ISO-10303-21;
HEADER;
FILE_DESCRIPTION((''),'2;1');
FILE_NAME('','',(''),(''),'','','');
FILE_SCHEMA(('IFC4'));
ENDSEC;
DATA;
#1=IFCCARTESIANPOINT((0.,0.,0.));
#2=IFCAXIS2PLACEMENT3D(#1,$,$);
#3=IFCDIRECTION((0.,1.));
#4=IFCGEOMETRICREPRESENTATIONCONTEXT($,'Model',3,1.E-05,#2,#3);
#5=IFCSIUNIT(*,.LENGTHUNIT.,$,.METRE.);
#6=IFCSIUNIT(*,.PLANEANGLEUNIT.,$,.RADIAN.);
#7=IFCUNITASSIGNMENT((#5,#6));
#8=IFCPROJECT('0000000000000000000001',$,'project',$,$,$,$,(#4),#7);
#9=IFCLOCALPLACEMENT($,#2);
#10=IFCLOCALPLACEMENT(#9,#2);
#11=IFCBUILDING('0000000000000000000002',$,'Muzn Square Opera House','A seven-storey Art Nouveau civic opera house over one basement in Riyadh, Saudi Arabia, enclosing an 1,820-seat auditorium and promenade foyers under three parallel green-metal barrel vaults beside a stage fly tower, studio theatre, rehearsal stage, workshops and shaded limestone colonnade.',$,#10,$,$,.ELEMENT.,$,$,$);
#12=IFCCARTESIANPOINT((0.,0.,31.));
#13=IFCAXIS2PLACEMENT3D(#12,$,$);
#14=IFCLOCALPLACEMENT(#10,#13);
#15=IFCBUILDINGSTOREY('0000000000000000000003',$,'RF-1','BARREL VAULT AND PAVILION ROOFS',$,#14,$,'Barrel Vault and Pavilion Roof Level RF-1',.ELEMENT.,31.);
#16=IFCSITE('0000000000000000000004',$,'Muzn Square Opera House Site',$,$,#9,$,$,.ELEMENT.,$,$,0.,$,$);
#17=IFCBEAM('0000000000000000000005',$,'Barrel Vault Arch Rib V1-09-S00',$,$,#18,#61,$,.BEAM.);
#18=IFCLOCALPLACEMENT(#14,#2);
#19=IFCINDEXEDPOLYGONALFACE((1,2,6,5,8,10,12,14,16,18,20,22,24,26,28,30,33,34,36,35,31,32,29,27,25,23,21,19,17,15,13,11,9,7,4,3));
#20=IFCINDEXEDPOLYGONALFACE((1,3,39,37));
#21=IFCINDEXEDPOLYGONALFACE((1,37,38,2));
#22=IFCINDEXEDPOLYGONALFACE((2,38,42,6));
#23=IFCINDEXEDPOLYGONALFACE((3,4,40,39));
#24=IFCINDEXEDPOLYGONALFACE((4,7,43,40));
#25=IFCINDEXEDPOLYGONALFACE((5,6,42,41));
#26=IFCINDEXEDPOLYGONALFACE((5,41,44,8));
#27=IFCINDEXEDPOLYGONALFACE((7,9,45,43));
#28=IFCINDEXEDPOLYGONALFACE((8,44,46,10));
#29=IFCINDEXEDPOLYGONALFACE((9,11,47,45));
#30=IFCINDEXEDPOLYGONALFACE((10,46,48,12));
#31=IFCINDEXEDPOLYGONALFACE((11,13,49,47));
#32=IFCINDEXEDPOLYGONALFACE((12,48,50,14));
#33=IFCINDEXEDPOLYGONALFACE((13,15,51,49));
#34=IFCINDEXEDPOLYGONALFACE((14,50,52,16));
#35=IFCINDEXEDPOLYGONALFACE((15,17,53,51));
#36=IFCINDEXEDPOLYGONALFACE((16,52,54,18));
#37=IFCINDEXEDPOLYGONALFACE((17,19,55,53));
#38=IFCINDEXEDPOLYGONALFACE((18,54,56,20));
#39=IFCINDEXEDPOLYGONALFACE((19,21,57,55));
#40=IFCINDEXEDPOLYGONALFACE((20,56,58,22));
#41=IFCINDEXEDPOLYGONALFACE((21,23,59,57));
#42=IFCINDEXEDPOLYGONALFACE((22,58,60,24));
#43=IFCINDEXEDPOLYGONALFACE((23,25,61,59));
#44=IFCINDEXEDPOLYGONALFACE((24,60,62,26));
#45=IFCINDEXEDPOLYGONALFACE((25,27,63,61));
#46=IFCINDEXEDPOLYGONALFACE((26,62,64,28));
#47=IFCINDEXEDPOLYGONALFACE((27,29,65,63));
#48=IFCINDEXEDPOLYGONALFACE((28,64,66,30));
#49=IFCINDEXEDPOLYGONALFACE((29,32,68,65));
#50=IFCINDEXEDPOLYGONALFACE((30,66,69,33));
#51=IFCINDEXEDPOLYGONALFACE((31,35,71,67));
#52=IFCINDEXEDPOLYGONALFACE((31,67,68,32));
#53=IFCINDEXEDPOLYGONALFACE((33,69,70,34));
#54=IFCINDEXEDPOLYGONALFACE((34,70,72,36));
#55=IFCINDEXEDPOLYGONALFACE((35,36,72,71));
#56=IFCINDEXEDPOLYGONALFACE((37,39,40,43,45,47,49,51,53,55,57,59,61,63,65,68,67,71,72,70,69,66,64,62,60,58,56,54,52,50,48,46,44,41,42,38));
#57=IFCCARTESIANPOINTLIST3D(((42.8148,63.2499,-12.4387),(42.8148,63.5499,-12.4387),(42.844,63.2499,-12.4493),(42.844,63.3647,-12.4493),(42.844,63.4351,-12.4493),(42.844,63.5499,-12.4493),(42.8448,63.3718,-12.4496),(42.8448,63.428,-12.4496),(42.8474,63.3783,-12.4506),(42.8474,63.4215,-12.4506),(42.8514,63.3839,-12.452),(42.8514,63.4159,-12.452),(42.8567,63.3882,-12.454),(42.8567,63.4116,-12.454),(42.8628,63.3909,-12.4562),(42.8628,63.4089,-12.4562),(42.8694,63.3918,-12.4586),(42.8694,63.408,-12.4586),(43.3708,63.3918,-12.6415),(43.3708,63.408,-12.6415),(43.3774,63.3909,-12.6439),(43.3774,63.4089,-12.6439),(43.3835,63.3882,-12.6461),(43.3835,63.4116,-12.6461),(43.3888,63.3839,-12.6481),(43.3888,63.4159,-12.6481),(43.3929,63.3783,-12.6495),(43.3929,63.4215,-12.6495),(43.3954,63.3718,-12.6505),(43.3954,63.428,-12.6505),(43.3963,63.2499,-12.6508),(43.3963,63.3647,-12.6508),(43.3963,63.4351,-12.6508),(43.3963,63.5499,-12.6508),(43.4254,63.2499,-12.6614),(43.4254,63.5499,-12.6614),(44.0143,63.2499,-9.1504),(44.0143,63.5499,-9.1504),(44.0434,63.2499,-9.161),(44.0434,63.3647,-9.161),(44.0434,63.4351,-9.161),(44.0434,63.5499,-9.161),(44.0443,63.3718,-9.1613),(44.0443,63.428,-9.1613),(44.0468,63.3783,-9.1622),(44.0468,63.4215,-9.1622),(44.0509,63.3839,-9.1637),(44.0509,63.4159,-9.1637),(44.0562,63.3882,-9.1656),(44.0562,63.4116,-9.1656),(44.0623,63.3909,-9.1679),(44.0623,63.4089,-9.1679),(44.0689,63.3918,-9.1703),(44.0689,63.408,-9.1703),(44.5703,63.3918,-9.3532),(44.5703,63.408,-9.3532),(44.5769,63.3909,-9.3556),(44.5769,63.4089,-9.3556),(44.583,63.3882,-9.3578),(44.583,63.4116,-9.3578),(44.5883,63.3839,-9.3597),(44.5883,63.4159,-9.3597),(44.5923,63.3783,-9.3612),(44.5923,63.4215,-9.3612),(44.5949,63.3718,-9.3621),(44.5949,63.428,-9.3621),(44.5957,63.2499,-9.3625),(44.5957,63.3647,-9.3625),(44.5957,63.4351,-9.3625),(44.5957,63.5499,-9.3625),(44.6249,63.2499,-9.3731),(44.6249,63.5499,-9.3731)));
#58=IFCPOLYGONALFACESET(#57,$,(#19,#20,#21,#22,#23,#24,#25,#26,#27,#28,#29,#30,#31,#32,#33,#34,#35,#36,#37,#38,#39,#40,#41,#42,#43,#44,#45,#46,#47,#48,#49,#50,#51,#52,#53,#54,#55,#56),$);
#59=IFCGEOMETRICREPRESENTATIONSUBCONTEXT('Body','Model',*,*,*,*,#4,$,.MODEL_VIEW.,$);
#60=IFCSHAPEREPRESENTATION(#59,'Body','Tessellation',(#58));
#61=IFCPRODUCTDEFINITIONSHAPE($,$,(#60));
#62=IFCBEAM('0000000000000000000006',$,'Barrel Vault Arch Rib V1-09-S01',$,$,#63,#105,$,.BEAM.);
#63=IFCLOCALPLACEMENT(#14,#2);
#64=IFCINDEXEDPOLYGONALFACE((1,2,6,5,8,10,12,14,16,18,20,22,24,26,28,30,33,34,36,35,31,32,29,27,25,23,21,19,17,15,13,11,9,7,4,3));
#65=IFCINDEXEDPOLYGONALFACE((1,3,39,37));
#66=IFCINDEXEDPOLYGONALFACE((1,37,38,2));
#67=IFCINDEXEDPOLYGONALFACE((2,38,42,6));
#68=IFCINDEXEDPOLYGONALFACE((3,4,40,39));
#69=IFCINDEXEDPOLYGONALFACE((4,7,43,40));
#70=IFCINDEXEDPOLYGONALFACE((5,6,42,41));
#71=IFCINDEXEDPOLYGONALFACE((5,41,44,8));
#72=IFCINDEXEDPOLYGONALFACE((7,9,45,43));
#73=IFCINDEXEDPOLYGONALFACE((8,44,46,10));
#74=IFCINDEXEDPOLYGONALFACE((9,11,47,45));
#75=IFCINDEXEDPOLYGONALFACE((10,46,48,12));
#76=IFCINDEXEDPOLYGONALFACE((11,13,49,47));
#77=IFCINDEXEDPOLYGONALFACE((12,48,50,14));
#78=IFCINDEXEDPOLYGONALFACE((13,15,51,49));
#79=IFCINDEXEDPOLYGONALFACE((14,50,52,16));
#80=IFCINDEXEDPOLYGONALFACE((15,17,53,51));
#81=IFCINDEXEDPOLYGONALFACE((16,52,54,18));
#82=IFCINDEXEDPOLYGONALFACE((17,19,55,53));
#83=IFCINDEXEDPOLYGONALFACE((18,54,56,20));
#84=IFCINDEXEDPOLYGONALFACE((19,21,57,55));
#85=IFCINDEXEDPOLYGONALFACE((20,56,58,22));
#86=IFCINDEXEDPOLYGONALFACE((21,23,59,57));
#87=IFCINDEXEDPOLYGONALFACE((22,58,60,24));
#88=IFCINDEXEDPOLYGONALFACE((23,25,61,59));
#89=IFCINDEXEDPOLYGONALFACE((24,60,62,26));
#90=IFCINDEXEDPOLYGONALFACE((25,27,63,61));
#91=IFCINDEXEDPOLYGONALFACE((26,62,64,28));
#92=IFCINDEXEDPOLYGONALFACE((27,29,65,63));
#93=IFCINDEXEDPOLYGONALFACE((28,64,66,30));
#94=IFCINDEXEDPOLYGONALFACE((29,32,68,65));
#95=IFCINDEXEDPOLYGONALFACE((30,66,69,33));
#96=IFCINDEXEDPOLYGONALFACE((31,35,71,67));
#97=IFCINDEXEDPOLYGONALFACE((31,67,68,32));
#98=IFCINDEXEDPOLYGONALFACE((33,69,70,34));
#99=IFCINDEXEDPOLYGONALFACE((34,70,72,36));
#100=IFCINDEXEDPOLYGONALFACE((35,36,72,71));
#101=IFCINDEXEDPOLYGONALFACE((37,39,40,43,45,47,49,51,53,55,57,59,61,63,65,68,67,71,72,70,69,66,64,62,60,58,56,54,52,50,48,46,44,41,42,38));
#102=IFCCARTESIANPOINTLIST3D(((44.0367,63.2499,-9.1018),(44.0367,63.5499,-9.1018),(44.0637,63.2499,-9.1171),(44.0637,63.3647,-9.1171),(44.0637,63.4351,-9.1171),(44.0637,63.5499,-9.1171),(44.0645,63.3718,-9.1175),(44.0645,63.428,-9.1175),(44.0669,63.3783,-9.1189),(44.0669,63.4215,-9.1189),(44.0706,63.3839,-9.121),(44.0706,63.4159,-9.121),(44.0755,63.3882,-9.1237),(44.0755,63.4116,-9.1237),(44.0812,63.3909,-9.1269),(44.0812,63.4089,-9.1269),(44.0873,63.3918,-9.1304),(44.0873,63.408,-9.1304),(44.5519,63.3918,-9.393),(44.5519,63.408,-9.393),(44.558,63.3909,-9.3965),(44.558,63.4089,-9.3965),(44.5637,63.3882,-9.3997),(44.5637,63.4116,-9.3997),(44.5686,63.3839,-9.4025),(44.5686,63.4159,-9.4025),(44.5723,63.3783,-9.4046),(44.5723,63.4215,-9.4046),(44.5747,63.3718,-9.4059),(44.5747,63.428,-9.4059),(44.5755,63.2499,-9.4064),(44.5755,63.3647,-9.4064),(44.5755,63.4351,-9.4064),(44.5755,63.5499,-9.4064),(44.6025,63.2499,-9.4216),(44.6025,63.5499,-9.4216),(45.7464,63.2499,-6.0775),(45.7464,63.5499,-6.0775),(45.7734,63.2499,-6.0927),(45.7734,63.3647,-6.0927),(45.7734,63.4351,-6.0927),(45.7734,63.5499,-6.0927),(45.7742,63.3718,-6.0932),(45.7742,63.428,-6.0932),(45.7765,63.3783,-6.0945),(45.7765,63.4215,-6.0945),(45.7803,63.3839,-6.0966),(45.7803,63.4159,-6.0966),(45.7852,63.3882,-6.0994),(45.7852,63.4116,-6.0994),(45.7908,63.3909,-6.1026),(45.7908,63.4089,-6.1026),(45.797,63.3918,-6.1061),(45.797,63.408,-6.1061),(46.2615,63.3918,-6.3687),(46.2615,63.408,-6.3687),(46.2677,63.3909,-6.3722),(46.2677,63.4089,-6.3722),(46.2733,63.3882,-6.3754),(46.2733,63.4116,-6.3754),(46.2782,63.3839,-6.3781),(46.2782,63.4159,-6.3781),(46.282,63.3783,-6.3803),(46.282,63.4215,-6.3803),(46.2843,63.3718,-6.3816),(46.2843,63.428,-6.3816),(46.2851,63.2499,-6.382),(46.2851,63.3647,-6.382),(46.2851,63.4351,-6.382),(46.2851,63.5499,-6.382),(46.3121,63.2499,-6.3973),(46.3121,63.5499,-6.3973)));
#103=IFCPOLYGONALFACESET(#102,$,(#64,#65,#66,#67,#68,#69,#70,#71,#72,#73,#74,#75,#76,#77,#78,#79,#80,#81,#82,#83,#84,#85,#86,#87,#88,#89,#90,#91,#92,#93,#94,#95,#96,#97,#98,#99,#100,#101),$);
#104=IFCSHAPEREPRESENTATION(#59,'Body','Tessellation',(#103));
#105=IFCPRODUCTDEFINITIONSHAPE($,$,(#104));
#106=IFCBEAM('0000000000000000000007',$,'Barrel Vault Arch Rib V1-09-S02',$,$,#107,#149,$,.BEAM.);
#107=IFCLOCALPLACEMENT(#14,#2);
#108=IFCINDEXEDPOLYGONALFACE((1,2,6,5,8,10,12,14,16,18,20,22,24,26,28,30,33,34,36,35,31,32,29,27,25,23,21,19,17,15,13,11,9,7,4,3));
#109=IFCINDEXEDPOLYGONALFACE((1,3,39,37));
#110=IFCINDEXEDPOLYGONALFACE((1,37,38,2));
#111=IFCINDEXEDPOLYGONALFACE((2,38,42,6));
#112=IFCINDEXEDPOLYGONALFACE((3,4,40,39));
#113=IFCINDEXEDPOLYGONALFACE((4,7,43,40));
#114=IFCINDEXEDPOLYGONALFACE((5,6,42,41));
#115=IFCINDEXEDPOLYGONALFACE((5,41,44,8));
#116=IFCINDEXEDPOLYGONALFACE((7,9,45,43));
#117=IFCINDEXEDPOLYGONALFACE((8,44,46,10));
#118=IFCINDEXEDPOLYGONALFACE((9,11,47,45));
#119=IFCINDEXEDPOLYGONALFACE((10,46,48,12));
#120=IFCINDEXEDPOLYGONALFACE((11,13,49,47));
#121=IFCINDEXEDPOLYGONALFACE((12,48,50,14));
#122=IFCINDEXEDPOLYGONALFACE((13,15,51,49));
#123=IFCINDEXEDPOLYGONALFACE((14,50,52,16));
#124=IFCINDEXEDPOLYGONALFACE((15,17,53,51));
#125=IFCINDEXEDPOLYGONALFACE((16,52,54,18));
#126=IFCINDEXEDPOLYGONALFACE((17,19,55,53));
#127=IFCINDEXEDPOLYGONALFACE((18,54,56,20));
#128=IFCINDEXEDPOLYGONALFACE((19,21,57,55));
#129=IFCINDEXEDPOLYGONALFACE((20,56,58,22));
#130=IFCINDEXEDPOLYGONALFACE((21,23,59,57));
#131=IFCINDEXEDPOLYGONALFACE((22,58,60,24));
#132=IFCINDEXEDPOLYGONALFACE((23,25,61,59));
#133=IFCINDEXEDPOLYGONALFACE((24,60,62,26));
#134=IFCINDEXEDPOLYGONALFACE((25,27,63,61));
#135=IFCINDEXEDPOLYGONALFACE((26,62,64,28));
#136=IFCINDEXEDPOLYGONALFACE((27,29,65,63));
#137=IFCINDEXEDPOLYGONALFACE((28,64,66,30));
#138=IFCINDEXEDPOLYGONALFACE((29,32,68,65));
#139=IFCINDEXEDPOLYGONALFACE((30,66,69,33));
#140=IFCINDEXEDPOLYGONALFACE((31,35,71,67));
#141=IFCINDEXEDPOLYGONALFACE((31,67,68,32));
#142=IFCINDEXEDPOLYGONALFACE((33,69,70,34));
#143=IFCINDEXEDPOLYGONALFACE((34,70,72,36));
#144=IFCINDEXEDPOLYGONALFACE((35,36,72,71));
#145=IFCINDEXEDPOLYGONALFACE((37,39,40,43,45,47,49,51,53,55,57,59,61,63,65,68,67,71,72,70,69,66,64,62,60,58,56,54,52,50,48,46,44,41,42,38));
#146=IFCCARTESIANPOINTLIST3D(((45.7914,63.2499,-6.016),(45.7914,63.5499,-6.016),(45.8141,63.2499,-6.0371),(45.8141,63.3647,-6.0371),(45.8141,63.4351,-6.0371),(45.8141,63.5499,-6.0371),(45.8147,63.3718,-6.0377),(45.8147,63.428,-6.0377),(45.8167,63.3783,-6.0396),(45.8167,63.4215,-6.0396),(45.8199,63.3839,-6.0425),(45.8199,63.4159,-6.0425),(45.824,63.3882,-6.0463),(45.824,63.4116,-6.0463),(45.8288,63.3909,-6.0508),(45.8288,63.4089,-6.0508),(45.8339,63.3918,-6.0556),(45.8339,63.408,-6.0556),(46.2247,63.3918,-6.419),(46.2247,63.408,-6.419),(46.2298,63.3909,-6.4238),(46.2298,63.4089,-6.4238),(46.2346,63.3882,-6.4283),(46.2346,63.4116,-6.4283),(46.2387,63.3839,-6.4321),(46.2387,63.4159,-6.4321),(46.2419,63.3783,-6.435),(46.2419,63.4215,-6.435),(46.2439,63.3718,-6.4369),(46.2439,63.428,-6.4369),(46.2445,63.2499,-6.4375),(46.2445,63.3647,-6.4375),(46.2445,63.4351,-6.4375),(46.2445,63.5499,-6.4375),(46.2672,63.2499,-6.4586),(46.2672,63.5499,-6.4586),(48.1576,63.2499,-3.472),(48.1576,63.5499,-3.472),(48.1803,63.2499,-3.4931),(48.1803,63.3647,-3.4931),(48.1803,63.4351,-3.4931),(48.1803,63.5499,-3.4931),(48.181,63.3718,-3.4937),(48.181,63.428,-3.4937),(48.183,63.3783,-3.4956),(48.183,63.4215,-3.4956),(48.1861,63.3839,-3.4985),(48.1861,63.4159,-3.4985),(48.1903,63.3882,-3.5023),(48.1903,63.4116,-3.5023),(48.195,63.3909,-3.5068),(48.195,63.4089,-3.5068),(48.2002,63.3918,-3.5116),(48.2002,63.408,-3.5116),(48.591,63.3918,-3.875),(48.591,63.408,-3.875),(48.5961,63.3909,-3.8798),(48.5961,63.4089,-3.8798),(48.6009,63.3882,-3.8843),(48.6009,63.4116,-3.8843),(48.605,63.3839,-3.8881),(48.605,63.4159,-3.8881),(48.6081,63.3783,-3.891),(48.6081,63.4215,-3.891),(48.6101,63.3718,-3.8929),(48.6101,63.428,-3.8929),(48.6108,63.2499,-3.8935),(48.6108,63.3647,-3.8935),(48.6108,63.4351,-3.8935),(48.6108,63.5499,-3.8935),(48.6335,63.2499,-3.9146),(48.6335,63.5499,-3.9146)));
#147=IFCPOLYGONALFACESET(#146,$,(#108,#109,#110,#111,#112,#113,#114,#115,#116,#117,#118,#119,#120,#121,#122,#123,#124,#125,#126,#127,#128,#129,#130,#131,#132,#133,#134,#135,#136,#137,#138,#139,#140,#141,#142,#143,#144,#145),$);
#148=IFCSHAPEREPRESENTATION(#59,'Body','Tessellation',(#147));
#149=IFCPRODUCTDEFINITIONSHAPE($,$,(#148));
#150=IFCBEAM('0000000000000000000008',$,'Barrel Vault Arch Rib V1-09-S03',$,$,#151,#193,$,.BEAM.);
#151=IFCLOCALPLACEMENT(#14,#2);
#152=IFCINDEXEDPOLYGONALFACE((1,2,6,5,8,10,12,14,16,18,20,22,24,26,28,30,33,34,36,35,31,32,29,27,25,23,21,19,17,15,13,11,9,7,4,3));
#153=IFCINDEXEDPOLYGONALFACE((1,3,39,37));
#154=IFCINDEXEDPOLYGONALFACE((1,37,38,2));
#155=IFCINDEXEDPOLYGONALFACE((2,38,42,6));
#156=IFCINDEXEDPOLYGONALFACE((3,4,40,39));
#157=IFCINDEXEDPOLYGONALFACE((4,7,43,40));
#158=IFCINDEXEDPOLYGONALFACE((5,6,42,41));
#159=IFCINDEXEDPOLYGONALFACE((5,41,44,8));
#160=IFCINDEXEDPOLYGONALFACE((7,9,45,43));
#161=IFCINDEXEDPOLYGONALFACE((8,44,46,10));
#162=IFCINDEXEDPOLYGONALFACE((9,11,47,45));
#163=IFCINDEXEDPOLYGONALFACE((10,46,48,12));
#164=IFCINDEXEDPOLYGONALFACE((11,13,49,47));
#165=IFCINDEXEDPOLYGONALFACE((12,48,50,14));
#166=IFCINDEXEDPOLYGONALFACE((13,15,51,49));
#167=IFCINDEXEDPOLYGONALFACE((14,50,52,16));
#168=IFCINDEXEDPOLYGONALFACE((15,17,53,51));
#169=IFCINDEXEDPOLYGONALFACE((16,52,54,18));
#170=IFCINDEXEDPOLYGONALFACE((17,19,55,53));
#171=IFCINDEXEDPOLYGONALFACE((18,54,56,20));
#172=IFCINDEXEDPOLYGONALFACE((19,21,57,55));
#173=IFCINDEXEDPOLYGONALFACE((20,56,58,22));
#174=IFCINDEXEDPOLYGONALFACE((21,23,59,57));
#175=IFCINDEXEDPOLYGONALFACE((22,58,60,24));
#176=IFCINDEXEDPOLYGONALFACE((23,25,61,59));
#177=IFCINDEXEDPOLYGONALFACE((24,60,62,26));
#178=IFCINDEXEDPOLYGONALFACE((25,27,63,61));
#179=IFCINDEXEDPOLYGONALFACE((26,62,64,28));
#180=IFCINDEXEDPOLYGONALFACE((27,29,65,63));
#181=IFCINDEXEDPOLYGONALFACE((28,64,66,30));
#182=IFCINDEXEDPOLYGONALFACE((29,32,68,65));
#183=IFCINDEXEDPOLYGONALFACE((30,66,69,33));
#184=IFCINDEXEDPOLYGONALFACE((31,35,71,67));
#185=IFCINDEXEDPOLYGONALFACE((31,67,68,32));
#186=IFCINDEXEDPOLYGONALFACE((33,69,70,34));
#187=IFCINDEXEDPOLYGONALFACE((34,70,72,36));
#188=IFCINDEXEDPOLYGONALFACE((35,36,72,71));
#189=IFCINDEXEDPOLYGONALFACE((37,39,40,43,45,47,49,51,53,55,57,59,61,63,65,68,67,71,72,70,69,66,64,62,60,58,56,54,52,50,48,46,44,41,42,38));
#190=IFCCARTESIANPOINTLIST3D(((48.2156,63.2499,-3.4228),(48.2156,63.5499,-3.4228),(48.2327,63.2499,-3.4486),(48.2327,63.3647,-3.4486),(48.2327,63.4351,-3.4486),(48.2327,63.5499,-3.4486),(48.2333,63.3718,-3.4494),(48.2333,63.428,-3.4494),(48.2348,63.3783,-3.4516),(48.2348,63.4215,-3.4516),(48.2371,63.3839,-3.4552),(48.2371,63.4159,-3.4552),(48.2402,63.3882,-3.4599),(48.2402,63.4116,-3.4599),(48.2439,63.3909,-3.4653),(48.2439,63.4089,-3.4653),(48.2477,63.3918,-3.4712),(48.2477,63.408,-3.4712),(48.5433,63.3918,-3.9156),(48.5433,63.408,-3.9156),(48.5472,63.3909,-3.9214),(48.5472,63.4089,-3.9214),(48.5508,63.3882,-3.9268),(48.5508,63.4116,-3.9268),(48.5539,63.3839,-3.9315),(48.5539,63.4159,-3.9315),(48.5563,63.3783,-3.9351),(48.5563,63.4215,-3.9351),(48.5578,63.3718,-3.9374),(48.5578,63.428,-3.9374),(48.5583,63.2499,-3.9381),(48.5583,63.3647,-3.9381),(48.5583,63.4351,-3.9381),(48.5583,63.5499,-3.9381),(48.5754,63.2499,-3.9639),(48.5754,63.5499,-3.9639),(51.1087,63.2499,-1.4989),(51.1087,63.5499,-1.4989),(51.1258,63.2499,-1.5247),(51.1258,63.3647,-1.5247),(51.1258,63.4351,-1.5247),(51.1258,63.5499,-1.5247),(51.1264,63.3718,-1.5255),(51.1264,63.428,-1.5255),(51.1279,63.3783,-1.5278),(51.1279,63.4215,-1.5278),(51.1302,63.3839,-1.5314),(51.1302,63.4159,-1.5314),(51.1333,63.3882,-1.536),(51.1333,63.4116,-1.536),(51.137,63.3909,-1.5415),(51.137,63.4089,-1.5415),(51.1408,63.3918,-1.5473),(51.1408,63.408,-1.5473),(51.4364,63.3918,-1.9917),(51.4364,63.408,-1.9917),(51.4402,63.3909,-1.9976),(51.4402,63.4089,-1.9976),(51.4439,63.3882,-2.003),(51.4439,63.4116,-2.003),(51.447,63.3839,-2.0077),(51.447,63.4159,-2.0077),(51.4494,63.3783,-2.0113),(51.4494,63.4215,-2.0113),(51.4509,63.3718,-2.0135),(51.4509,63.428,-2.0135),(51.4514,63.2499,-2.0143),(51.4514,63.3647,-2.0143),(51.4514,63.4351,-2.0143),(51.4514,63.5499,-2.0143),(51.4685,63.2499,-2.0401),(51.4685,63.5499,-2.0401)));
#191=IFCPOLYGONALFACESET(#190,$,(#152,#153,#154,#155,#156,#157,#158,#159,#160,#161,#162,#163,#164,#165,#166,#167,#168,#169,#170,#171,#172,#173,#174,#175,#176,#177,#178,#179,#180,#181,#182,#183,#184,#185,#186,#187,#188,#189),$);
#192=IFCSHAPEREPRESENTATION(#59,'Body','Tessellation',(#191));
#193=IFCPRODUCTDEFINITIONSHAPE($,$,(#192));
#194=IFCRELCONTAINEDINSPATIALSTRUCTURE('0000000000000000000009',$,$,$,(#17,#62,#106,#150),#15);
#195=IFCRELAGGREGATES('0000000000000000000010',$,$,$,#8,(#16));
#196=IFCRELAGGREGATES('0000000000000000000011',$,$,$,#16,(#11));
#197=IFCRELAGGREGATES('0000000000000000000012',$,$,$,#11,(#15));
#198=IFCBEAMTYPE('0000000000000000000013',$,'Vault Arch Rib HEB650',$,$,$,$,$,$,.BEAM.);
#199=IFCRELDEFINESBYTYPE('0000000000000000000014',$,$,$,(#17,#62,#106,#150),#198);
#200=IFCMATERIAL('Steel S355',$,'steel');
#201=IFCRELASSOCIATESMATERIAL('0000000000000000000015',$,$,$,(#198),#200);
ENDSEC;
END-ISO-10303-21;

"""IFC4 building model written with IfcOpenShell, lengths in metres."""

from ifc_helpers import new_model, si_unit, direction, frame, origin, origin_2d, place, context, subcontext, project, spatial, i_section, extrude, material, material_profile, profile_set, type_object, element, save


model = new_model("IFC4")

# Units and contexts
model_context = context("Model", 3, precision=1e-05, world=origin(), true_north=direction((0.0, 1.0)))
body_context = subcontext(model_context, "Body", "Model", "MODEL_VIEW")
ifc_project = project(units=[si_unit("LENGTHUNIT", "METRE"), si_unit("PLANEANGLEUNIT", "RADIAN")], contexts=[model_context])

# Site, building, storey
site_placement = place(None, origin())
site = spatial("IfcSite", under=ifc_project, at=site_placement, Name="Muzn Square Opera House Site", CompositionType="ELEMENT", RefElevation=0.0)
building_placement = place(site_placement, origin())
building = spatial("IfcBuilding", under=site, at=building_placement, Name="Muzn Square Opera House", Description="A seven-storey Art Nouveau civic opera house over one basement in Riyadh, Saudi Arabia, enclosing an 1,820-seat auditorium and promenade foyers under three parallel green-metal barrel vaults beside a stage fly tower, studio theatre, rehearsal stage, workshops and shaded limestone colonnade.", CompositionType="ELEMENT")
storey_placement = place(building_placement, frame((0.0, 0.0, 31.0)))
storey = spatial("IfcBuildingStorey", under=building, at=storey_placement, Name="RF-1", Description="BARREL VAULT AND PAVILION ROOFS", LongName="Barrel Vault and Pavilion Roof Level RF-1", CompositionType="ELEMENT", Elevation=31.0)

# Beams
ifc_material_1 = material(Name="Steel S355", Category="steel")
ifc_material_profile_1 = material_profile(ifc_material_1, i_section(OverallWidth=0.3, OverallDepth=0.6499, WebThickness=0.0161, FlangeThickness=0.031, FilletRadius=0.0271, at=origin_2d()), Name="HEB 650", Category="steel")
ifc_profile_set_1 = profile_set([ifc_material_profile_1], Name="Steel S355")
beam_type_1 = type_object("IfcBeamType", Name="Vault Arch Rib HEB650", PredefinedType="BEAM", material=ifc_profile_set_1)
beam_1_placement = place(storey_placement, frame((43.1201, 63.3999, -12.55), z_axis=(0.342678, 0.0, 0.939453), x_axis=(0.0, 1.0, 0.0)))
element("IfcBeam", 1, at=beam_1_placement, inside=storey, type_object=beam_type_1, Name="Barrel Vault Arch Rib V1-09-S00", PredefinedType="BEAM", context=body_context, shape_type="SweptSolid", body=[
    extrude(i_section(OverallWidth=0.3, OverallDepth=0.6499, WebThickness=0.0161, FlangeThickness=0.031, FilletRadius=0.0271, at=origin_2d()), origin(), (0.0, 0.0, 1.0), 3.5002),
])
beam_2_placement = place(storey_placement, frame((44.3196, 63.3999, -9.2617), z_axis=(0.492115, 0.0, 0.87053), x_axis=(0.0, 1.0, 0.0)))
element("IfcBeam", 2, at=beam_2_placement, inside=storey, type_object=beam_type_1, Name="Barrel Vault Arch Rib V1-09-S01", PredefinedType="BEAM", context=body_context, shape_type="SweptSolid", body=[
    extrude(i_section(OverallWidth=0.3, OverallDepth=0.6499, WebThickness=0.0161, FlangeThickness=0.031, FilletRadius=0.0271, at=origin_2d()), origin(), (0.0, 0.0, 1.0), 3.4741),
])
for number, where, z_axis, x_axis, name in (
    (3, (46.0293, 63.3999, -6.2373), (0.681065, 0.0, 0.732223), (0.0, 1.0, 0.0), "Barrel Vault Arch Rib V1-09-S02"),
    (4, (48.3955, 63.3999, -3.6934), (0.832698, 0.0, 0.553727), (0.0, 1.0, 0.0), "Barrel Vault Arch Rib V1-09-S03"),
):
    element("IfcBeam", number, at=place(storey_placement, frame(where, z_axis=z_axis, x_axis=x_axis)), inside=storey, type_object=beam_type_1, Name=name, PredefinedType="BEAM", context=body_context, shape_type="SweptSolid", body=[
        extrude(i_section(OverallWidth=0.3, OverallDepth=0.6499, WebThickness=0.0161, FlangeThickness=0.031, FilletRadius=0.0271, at=origin_2d()), origin(), (0.0, 0.0, 1.0), 3.4744),
    ])

save(model, "model.ifc")
